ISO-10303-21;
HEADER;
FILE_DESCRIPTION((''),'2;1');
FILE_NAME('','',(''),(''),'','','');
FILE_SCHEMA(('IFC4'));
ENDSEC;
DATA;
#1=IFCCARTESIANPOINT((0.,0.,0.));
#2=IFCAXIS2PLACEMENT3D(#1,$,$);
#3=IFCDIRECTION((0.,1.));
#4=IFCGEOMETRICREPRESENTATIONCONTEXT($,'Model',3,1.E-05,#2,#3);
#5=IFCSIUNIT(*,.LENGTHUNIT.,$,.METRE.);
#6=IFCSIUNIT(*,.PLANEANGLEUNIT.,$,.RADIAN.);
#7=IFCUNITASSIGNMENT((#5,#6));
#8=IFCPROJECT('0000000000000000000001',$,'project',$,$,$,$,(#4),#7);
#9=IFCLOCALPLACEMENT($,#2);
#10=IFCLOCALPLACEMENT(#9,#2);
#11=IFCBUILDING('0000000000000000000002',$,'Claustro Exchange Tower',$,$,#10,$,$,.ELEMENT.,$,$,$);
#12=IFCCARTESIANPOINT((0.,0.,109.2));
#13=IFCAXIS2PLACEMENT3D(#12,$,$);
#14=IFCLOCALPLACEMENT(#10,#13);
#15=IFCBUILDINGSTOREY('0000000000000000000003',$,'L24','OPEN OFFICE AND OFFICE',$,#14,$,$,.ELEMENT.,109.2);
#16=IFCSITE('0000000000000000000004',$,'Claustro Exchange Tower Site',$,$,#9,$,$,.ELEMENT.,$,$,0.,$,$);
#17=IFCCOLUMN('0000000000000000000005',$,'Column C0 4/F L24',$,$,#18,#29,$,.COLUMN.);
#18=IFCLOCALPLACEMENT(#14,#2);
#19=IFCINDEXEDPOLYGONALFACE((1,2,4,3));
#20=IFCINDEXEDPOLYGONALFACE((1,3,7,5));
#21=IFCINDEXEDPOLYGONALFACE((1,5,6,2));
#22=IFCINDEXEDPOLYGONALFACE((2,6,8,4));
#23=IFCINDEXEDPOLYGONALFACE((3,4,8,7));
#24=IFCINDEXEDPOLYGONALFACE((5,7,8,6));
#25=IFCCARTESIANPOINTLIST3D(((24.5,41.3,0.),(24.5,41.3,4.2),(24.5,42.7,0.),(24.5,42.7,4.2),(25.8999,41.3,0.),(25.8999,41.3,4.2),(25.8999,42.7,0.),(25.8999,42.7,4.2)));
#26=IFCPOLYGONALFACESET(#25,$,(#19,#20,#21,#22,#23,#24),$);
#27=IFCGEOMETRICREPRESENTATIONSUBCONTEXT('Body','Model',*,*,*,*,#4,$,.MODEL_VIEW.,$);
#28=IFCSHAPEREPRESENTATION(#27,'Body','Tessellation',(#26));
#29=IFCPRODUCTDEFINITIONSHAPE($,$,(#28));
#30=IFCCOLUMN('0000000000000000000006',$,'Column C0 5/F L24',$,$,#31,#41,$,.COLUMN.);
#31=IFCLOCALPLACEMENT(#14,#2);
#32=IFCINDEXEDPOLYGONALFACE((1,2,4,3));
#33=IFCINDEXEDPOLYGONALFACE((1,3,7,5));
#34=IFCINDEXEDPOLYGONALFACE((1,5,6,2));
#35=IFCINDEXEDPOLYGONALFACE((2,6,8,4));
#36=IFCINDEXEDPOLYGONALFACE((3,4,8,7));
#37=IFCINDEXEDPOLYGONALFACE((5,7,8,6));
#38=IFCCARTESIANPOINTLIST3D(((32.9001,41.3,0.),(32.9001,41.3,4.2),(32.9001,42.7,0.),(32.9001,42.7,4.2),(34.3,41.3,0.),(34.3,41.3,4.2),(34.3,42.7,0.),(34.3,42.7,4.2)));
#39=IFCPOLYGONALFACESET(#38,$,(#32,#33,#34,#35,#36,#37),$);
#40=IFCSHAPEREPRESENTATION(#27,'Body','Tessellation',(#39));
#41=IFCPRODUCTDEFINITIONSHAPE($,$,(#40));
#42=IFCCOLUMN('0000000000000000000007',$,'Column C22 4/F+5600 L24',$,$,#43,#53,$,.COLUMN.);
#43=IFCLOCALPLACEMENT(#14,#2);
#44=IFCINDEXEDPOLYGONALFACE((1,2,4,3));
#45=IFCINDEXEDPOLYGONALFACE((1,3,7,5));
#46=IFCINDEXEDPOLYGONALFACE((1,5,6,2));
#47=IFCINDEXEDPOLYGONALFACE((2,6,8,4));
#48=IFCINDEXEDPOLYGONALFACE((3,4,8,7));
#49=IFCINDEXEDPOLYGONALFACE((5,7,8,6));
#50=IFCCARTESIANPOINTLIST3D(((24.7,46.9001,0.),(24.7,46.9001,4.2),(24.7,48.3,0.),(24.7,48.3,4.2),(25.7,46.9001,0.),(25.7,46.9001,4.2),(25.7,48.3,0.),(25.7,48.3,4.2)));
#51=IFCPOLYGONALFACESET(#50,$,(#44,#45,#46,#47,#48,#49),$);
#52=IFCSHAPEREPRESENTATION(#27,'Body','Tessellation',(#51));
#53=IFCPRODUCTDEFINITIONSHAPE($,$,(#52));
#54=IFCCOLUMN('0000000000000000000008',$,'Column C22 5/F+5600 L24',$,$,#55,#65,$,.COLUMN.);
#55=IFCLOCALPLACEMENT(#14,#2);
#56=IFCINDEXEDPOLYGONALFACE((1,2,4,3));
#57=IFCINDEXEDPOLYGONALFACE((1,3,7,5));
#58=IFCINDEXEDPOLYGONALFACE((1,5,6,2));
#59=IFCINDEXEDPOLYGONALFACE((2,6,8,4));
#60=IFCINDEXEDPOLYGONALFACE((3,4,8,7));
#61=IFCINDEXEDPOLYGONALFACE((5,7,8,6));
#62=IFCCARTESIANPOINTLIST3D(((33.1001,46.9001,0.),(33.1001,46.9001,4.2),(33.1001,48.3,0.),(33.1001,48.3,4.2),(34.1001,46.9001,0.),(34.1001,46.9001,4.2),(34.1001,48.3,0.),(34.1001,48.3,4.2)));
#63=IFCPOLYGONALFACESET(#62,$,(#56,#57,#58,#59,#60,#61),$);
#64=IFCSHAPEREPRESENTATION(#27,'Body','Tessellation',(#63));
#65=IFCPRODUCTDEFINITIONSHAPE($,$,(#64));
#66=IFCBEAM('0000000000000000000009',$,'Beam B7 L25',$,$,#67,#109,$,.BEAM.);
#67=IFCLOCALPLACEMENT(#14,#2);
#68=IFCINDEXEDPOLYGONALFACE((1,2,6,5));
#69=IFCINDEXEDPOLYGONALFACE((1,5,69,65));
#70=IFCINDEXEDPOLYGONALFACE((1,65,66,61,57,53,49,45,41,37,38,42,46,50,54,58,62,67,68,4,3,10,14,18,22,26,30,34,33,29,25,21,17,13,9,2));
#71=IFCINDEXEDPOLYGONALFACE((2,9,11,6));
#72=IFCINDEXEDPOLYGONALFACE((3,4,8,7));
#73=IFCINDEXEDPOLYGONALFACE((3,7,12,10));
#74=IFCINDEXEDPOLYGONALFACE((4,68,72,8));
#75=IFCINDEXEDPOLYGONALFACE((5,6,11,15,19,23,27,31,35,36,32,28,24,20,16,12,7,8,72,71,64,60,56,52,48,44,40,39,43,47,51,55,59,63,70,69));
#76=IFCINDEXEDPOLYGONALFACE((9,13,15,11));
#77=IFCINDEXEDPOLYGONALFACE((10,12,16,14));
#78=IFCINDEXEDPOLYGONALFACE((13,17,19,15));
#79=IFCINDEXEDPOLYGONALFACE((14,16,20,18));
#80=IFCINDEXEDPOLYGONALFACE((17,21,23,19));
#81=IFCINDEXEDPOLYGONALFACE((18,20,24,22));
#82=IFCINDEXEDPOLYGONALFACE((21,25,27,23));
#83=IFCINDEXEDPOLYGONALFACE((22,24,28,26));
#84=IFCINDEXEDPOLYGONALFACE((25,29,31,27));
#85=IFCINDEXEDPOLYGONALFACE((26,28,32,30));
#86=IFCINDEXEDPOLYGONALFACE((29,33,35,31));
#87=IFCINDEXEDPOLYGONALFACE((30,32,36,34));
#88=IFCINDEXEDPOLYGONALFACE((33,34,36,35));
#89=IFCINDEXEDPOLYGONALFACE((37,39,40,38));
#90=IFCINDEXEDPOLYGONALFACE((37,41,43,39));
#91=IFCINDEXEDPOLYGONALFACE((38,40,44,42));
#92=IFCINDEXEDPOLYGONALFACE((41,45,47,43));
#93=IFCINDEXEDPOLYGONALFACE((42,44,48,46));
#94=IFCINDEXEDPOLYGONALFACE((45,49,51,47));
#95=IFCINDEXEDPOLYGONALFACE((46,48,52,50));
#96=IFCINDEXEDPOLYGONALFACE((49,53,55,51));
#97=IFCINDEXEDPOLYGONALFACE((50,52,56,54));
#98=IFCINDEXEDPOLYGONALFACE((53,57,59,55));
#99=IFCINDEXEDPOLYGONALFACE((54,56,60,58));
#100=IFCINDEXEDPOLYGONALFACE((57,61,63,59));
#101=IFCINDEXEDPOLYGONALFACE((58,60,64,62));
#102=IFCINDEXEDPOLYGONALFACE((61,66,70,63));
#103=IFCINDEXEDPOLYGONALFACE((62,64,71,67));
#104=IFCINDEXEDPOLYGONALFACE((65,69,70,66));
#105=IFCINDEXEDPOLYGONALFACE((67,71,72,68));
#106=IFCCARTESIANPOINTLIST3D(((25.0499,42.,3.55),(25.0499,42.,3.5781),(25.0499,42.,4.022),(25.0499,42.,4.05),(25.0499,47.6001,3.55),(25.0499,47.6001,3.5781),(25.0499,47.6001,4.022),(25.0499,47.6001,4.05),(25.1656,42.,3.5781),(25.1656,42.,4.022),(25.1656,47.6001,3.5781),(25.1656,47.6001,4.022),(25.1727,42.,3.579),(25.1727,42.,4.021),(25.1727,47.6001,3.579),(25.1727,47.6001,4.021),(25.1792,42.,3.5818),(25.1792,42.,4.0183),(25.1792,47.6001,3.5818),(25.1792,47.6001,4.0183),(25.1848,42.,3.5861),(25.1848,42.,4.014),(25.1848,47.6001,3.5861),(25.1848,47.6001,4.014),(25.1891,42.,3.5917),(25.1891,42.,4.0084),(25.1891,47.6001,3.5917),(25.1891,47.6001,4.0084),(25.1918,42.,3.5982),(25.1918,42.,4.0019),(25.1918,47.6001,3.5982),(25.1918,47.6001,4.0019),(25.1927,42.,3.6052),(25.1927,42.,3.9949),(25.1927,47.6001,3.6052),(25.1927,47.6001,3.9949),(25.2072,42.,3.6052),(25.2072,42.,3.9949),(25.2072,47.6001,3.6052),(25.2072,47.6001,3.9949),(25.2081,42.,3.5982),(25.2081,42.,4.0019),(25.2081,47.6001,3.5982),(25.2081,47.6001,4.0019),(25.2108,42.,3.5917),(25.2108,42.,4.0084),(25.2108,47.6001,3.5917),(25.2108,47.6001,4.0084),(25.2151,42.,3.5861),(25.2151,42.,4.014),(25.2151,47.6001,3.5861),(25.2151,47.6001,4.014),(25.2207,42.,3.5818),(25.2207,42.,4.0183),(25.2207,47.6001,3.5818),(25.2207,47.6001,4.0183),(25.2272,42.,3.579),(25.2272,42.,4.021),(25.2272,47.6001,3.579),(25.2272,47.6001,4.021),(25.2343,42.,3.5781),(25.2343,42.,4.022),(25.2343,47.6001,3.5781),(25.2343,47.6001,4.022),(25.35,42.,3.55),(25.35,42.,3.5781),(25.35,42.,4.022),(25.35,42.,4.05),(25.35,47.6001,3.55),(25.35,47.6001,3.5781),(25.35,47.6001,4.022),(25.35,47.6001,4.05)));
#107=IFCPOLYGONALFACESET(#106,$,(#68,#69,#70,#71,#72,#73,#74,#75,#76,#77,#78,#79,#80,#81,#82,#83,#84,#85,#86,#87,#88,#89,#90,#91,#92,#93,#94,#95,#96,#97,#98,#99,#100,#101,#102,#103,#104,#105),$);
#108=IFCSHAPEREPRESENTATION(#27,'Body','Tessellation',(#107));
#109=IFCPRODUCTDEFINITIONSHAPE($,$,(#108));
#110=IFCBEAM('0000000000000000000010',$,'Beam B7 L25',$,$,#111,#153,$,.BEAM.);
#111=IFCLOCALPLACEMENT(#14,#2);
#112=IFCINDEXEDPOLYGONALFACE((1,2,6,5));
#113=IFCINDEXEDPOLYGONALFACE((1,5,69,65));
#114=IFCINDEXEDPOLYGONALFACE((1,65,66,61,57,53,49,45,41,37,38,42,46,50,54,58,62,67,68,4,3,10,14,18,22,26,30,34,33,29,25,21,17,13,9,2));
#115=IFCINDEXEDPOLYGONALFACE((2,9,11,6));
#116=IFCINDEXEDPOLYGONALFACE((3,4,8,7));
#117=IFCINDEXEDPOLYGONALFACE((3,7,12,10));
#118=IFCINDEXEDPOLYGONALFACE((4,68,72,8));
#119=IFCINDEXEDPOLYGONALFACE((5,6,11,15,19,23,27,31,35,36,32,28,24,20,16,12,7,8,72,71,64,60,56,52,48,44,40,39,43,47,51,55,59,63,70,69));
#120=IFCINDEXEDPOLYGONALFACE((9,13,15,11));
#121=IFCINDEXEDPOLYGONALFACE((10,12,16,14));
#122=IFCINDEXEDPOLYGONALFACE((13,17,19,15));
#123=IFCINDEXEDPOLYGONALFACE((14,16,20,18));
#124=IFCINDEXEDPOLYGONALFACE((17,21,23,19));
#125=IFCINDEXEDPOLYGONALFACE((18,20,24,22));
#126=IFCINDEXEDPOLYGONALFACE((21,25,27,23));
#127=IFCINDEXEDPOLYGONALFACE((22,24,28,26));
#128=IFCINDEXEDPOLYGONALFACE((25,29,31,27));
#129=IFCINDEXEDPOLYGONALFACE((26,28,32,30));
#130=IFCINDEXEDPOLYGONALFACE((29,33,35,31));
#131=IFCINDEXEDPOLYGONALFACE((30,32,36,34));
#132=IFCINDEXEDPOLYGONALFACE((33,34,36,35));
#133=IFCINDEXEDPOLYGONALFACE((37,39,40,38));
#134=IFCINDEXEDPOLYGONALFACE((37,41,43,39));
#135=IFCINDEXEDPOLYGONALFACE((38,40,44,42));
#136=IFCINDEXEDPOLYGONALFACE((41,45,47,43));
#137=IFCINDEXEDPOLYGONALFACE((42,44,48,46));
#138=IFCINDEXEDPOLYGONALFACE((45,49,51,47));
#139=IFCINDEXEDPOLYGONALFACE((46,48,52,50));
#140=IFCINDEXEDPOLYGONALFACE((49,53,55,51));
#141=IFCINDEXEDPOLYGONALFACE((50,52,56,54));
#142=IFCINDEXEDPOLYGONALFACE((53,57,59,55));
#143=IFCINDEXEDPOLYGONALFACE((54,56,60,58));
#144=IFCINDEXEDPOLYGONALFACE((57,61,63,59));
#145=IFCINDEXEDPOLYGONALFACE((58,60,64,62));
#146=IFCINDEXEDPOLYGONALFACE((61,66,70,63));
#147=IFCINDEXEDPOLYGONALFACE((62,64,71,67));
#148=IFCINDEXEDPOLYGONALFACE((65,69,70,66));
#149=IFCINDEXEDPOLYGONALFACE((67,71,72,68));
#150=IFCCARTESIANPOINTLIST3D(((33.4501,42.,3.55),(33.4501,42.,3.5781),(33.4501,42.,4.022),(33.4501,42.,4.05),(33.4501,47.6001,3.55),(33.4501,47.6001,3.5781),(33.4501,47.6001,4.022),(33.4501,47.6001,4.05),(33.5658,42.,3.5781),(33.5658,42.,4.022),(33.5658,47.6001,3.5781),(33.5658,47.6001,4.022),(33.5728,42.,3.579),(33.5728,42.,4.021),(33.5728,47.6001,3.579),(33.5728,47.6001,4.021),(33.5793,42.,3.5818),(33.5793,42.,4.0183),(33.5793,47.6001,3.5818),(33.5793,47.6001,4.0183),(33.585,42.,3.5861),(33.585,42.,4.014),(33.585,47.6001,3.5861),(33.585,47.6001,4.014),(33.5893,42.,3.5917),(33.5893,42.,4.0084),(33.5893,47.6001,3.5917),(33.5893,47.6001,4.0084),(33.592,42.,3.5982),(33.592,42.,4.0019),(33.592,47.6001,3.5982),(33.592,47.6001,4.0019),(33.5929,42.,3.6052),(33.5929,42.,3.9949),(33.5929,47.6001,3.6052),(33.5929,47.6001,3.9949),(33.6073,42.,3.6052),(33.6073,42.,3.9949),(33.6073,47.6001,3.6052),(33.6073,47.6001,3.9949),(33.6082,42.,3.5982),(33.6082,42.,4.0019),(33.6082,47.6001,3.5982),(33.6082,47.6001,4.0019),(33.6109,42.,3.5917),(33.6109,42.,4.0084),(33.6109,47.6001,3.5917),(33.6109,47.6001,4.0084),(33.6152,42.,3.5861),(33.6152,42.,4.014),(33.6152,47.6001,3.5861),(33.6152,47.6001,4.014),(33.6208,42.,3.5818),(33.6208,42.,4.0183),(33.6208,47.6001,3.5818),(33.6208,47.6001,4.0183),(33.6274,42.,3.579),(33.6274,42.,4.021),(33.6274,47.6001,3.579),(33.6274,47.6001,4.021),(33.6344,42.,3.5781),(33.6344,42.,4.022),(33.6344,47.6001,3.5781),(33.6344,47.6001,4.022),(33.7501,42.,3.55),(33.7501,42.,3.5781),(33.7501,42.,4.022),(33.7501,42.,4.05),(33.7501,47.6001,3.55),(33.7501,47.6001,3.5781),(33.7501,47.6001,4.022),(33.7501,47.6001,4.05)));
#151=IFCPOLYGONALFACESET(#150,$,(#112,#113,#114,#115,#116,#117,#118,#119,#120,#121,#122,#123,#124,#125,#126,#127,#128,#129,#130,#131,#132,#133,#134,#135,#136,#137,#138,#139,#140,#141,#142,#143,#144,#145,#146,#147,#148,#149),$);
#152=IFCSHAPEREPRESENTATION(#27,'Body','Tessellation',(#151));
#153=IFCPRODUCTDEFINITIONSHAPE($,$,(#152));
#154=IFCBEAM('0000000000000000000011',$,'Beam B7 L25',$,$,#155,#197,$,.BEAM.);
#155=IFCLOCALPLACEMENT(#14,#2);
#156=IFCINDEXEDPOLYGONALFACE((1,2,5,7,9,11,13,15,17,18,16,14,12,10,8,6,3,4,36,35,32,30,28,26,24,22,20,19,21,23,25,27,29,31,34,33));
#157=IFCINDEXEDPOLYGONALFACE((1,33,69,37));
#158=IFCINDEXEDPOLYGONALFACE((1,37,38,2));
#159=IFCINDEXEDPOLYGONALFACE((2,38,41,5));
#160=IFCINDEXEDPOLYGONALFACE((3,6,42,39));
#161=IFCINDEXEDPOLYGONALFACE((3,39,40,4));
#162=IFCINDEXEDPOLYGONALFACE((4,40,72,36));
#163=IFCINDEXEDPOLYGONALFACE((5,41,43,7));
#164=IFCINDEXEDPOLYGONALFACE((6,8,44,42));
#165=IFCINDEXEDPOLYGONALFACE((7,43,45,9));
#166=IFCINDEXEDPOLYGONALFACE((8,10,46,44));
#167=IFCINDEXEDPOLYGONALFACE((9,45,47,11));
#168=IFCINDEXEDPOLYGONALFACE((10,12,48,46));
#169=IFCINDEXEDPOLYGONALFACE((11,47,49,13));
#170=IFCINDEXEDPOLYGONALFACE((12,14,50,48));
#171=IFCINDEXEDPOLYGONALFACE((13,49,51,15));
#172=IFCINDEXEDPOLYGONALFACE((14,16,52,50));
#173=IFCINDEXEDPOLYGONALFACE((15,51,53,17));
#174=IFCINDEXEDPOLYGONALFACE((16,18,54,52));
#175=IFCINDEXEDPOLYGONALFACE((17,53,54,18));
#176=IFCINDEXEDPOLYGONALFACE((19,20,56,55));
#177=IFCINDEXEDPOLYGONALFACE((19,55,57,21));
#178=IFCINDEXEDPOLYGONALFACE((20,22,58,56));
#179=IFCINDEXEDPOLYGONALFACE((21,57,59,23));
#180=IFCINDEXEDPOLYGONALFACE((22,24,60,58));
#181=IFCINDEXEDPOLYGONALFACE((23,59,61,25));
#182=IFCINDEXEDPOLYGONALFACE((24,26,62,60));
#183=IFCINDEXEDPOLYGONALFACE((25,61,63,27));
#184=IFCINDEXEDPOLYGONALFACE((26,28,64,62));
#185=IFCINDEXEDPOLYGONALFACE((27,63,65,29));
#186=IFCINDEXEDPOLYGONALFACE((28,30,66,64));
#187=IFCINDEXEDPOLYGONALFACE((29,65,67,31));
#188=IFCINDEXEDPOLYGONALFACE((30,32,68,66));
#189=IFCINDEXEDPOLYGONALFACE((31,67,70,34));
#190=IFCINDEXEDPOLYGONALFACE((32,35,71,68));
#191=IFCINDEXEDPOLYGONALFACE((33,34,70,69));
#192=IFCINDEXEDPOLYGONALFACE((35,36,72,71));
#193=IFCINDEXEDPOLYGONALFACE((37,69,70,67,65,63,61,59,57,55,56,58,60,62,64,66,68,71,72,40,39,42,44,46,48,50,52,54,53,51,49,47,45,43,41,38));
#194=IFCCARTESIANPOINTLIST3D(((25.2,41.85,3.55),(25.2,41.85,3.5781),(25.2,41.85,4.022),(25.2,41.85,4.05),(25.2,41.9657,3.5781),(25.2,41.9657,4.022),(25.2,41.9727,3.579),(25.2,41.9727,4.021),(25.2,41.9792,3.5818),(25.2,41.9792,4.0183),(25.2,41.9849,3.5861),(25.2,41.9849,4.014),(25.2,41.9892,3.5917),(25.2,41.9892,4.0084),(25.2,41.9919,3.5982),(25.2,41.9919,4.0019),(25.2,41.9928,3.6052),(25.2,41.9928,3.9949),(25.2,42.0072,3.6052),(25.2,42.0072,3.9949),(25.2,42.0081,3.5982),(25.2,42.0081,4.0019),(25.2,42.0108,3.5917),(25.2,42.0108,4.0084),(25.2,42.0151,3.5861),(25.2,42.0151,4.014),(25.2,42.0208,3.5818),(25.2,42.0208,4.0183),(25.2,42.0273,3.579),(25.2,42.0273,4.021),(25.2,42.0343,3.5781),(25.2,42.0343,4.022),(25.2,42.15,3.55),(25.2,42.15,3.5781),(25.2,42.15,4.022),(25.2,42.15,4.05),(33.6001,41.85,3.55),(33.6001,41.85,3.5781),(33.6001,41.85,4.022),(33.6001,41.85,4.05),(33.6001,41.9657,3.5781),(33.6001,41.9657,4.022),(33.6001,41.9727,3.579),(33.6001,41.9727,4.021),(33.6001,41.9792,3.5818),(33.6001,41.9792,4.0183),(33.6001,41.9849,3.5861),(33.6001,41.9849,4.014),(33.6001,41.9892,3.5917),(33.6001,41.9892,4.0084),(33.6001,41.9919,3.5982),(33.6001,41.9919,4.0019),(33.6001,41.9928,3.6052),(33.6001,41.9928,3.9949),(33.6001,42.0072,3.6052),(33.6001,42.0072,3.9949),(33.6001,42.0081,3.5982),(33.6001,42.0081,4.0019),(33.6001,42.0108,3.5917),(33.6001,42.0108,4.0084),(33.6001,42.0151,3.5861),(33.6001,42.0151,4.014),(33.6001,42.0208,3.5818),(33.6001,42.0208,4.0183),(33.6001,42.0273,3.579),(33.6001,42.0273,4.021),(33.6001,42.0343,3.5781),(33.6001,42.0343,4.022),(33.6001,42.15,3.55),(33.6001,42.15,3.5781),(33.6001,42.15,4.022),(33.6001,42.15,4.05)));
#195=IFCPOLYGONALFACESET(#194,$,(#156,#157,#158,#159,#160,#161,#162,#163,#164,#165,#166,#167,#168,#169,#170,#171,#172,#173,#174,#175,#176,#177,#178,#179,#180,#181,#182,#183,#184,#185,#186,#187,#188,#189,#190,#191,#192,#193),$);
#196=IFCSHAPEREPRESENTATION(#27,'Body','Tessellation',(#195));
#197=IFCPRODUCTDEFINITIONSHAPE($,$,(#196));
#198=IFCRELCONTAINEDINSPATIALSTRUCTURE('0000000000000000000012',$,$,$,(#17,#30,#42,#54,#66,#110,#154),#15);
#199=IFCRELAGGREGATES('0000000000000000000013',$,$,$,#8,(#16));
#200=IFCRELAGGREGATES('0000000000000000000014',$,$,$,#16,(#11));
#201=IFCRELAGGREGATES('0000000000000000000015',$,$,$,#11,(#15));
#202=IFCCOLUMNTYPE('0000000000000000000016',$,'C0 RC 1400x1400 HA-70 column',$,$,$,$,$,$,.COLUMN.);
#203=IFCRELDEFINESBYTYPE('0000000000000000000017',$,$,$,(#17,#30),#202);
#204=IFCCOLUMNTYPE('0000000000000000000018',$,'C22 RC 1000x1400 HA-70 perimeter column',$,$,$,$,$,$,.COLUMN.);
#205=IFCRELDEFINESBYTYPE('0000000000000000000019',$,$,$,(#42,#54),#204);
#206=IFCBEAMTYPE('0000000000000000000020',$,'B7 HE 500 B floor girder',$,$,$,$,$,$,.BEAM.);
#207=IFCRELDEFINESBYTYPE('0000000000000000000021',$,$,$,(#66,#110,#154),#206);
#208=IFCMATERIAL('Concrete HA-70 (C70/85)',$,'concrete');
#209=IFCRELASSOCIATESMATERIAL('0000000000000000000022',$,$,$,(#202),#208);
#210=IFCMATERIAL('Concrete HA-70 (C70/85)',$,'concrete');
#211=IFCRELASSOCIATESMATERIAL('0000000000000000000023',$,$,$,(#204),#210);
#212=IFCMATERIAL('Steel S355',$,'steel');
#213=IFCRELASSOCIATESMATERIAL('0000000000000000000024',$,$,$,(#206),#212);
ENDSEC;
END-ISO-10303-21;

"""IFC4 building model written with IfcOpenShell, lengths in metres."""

from ifc_helpers import new_model, si_unit, direction, frame, origin, origin_2d, place, context, subcontext, project, spatial, rectangle, i_section, extrude, material, material_profile, profile_set, type_object, element, save


model = new_model("IFC4")

# Units and contexts
model_context = context("Model", 3, precision=1e-05, world=origin(), true_north=direction((0.0, 1.0)))
body_context = subcontext(model_context, "Body", "Model", "MODEL_VIEW")
ifc_project = project(units=[si_unit("LENGTHUNIT", "METRE"), si_unit("PLANEANGLEUNIT", "RADIAN")], contexts=[model_context])

# Site, building, storey
site_placement = place(None, origin())
site = spatial("IfcSite", under=ifc_project, at=site_placement, Name="Claustro Exchange Tower Site", CompositionType="ELEMENT", RefElevation=0.0)
building_placement = place(site_placement, origin())
building = spatial("IfcBuilding", under=site, at=building_placement, Name="Claustro Exchange Tower", CompositionType="ELEMENT")
storey_placement = place(building_placement, frame((0.0, 0.0, 109.2)))
storey = spatial("IfcBuildingStorey", under=building, at=storey_placement, Name="L24", Description="OPEN OFFICE AND OFFICE", CompositionType="ELEMENT", Elevation=109.2)

# Columns
ifc_material_1 = material(Name="Concrete HA-70 (C70/85)", Category="concrete")
ifc_material_profile_1 = material_profile(ifc_material_1, rectangle(XDim=1.3999, YDim=1.3999, at=origin_2d()), Name="RC 1400x1400")
ifc_profile_set_1 = profile_set([ifc_material_profile_1], Name="Concrete HA-70 (C70/85)")
column_type_1 = type_object("IfcColumnType", Name="C0 RC 1400x1400 HA-70 column", PredefinedType="COLUMN", material=ifc_profile_set_1)
for number, where, z_axis, x_axis, name in (
    (1, (25.2, 42.0, 0.0), (0.0, 0.0, 1.0), (1.0, 0.0, 0.0), "Column C0 4/F L24"),
    (2, (33.6001, 42.0, 0.0), (0.0, 0.0, 1.0), (1.0, 0.0, 0.0), "Column C0 5/F L24"),
):
    element("IfcColumn", number, at=place(storey_placement, frame(where, z_axis=z_axis, x_axis=x_axis)), inside=storey, type_object=column_type_1, Name=name, PredefinedType="COLUMN", context=body_context, shape_type="SweptSolid", body=[
        extrude(rectangle(XDim=1.3999, YDim=1.3999, at=origin_2d()), origin(), (0.0, 0.0, 1.0), 4.2),
    ])
ifc_material_2 = material(Name="Concrete HA-70 (C70/85)", Category="concrete")
ifc_material_profile_2 = material_profile(ifc_material_2, rectangle(XDim=1.0, YDim=1.3999, at=origin_2d()), Name="RC 1000x1400")
ifc_profile_set_2 = profile_set([ifc_material_profile_2], Name="Concrete HA-70 (C70/85)")
column_type_2 = type_object("IfcColumnType", Name="C22 RC 1000x1400 HA-70 perimeter column", PredefinedType="COLUMN", material=ifc_profile_set_2)
for number, where, z_axis, x_axis, name in (
    (3, (25.2, 47.6001, 0.0), (0.0, 0.0, 1.0), (1.0, 0.0, 0.0), "Column C22 4/F+5600 L24"),
    (4, (33.6001, 47.6001, 0.0), (0.0, 0.0, 1.0), (1.0, 0.0, 0.0), "Column C22 5/F+5600 L24"),
):
    element("IfcColumn", number, at=place(storey_placement, frame(where, z_axis=z_axis, x_axis=x_axis)), inside=storey, type_object=column_type_2, Name=name, PredefinedType="COLUMN", context=body_context, shape_type="SweptSolid", body=[
        extrude(rectangle(XDim=1.0, YDim=1.3999, at=origin_2d()), origin(), (0.0, 0.0, 1.0), 4.2),
    ])

# Beams
ifc_material_3 = material(Name="Steel S355", Category="steel")
ifc_material_profile_3 = material_profile(ifc_material_3, i_section(OverallWidth=0.3, OverallDepth=0.5, WebThickness=0.0144, FlangeThickness=0.0281, FilletRadius=0.0271, at=origin_2d()), Name="HE 500 B")
ifc_profile_set_3 = profile_set([ifc_material_profile_3], Name="Steel S355")
beam_type_1 = type_object("IfcBeamType", Name="B7 HE 500 B floor girder", PredefinedType="BEAM", material=ifc_profile_set_3)
for number, where, z_axis, x_axis, name in (
    (5, (25.2, 42.0, 3.8), (0.0, 1.0, 0.0), (-1.0, 0.0, 0.0), "Beam B7 L25"),
    (6, (33.6001, 42.0, 3.8), (0.0, 1.0, 0.0), (-1.0, 0.0, 0.0), "Beam B7 L25"),
):
    element("IfcBeam", number, at=place(storey_placement, frame(where, z_axis=z_axis, x_axis=x_axis)), inside=storey, type_object=beam_type_1, Name=name, PredefinedType="BEAM", context=body_context, shape_type="SweptSolid", body=[
        extrude(i_section(OverallWidth=0.3, OverallDepth=0.5, WebThickness=0.0144, FlangeThickness=0.0281, FilletRadius=0.0271, at=origin_2d()), origin(), (0.0, 0.0, 1.0), 5.6001),
    ])
beam_1_placement = place(storey_placement, frame((25.2, 42.0, 3.8), z_axis=(1.0, 0.0, 0.0), x_axis=(0.0, 1.0, 0.0)))
element("IfcBeam", 7, at=beam_1_placement, inside=storey, type_object=beam_type_1, Name="Beam B7 L25", PredefinedType="BEAM", context=body_context, shape_type="SweptSolid", body=[
    extrude(i_section(OverallWidth=0.3, OverallDepth=0.5, WebThickness=0.0144, FlangeThickness=0.0281, FilletRadius=0.0271, at=origin_2d()), origin(), (0.0, 0.0, 1.0), 8.4001),
])

save(model, "model.ifc")
